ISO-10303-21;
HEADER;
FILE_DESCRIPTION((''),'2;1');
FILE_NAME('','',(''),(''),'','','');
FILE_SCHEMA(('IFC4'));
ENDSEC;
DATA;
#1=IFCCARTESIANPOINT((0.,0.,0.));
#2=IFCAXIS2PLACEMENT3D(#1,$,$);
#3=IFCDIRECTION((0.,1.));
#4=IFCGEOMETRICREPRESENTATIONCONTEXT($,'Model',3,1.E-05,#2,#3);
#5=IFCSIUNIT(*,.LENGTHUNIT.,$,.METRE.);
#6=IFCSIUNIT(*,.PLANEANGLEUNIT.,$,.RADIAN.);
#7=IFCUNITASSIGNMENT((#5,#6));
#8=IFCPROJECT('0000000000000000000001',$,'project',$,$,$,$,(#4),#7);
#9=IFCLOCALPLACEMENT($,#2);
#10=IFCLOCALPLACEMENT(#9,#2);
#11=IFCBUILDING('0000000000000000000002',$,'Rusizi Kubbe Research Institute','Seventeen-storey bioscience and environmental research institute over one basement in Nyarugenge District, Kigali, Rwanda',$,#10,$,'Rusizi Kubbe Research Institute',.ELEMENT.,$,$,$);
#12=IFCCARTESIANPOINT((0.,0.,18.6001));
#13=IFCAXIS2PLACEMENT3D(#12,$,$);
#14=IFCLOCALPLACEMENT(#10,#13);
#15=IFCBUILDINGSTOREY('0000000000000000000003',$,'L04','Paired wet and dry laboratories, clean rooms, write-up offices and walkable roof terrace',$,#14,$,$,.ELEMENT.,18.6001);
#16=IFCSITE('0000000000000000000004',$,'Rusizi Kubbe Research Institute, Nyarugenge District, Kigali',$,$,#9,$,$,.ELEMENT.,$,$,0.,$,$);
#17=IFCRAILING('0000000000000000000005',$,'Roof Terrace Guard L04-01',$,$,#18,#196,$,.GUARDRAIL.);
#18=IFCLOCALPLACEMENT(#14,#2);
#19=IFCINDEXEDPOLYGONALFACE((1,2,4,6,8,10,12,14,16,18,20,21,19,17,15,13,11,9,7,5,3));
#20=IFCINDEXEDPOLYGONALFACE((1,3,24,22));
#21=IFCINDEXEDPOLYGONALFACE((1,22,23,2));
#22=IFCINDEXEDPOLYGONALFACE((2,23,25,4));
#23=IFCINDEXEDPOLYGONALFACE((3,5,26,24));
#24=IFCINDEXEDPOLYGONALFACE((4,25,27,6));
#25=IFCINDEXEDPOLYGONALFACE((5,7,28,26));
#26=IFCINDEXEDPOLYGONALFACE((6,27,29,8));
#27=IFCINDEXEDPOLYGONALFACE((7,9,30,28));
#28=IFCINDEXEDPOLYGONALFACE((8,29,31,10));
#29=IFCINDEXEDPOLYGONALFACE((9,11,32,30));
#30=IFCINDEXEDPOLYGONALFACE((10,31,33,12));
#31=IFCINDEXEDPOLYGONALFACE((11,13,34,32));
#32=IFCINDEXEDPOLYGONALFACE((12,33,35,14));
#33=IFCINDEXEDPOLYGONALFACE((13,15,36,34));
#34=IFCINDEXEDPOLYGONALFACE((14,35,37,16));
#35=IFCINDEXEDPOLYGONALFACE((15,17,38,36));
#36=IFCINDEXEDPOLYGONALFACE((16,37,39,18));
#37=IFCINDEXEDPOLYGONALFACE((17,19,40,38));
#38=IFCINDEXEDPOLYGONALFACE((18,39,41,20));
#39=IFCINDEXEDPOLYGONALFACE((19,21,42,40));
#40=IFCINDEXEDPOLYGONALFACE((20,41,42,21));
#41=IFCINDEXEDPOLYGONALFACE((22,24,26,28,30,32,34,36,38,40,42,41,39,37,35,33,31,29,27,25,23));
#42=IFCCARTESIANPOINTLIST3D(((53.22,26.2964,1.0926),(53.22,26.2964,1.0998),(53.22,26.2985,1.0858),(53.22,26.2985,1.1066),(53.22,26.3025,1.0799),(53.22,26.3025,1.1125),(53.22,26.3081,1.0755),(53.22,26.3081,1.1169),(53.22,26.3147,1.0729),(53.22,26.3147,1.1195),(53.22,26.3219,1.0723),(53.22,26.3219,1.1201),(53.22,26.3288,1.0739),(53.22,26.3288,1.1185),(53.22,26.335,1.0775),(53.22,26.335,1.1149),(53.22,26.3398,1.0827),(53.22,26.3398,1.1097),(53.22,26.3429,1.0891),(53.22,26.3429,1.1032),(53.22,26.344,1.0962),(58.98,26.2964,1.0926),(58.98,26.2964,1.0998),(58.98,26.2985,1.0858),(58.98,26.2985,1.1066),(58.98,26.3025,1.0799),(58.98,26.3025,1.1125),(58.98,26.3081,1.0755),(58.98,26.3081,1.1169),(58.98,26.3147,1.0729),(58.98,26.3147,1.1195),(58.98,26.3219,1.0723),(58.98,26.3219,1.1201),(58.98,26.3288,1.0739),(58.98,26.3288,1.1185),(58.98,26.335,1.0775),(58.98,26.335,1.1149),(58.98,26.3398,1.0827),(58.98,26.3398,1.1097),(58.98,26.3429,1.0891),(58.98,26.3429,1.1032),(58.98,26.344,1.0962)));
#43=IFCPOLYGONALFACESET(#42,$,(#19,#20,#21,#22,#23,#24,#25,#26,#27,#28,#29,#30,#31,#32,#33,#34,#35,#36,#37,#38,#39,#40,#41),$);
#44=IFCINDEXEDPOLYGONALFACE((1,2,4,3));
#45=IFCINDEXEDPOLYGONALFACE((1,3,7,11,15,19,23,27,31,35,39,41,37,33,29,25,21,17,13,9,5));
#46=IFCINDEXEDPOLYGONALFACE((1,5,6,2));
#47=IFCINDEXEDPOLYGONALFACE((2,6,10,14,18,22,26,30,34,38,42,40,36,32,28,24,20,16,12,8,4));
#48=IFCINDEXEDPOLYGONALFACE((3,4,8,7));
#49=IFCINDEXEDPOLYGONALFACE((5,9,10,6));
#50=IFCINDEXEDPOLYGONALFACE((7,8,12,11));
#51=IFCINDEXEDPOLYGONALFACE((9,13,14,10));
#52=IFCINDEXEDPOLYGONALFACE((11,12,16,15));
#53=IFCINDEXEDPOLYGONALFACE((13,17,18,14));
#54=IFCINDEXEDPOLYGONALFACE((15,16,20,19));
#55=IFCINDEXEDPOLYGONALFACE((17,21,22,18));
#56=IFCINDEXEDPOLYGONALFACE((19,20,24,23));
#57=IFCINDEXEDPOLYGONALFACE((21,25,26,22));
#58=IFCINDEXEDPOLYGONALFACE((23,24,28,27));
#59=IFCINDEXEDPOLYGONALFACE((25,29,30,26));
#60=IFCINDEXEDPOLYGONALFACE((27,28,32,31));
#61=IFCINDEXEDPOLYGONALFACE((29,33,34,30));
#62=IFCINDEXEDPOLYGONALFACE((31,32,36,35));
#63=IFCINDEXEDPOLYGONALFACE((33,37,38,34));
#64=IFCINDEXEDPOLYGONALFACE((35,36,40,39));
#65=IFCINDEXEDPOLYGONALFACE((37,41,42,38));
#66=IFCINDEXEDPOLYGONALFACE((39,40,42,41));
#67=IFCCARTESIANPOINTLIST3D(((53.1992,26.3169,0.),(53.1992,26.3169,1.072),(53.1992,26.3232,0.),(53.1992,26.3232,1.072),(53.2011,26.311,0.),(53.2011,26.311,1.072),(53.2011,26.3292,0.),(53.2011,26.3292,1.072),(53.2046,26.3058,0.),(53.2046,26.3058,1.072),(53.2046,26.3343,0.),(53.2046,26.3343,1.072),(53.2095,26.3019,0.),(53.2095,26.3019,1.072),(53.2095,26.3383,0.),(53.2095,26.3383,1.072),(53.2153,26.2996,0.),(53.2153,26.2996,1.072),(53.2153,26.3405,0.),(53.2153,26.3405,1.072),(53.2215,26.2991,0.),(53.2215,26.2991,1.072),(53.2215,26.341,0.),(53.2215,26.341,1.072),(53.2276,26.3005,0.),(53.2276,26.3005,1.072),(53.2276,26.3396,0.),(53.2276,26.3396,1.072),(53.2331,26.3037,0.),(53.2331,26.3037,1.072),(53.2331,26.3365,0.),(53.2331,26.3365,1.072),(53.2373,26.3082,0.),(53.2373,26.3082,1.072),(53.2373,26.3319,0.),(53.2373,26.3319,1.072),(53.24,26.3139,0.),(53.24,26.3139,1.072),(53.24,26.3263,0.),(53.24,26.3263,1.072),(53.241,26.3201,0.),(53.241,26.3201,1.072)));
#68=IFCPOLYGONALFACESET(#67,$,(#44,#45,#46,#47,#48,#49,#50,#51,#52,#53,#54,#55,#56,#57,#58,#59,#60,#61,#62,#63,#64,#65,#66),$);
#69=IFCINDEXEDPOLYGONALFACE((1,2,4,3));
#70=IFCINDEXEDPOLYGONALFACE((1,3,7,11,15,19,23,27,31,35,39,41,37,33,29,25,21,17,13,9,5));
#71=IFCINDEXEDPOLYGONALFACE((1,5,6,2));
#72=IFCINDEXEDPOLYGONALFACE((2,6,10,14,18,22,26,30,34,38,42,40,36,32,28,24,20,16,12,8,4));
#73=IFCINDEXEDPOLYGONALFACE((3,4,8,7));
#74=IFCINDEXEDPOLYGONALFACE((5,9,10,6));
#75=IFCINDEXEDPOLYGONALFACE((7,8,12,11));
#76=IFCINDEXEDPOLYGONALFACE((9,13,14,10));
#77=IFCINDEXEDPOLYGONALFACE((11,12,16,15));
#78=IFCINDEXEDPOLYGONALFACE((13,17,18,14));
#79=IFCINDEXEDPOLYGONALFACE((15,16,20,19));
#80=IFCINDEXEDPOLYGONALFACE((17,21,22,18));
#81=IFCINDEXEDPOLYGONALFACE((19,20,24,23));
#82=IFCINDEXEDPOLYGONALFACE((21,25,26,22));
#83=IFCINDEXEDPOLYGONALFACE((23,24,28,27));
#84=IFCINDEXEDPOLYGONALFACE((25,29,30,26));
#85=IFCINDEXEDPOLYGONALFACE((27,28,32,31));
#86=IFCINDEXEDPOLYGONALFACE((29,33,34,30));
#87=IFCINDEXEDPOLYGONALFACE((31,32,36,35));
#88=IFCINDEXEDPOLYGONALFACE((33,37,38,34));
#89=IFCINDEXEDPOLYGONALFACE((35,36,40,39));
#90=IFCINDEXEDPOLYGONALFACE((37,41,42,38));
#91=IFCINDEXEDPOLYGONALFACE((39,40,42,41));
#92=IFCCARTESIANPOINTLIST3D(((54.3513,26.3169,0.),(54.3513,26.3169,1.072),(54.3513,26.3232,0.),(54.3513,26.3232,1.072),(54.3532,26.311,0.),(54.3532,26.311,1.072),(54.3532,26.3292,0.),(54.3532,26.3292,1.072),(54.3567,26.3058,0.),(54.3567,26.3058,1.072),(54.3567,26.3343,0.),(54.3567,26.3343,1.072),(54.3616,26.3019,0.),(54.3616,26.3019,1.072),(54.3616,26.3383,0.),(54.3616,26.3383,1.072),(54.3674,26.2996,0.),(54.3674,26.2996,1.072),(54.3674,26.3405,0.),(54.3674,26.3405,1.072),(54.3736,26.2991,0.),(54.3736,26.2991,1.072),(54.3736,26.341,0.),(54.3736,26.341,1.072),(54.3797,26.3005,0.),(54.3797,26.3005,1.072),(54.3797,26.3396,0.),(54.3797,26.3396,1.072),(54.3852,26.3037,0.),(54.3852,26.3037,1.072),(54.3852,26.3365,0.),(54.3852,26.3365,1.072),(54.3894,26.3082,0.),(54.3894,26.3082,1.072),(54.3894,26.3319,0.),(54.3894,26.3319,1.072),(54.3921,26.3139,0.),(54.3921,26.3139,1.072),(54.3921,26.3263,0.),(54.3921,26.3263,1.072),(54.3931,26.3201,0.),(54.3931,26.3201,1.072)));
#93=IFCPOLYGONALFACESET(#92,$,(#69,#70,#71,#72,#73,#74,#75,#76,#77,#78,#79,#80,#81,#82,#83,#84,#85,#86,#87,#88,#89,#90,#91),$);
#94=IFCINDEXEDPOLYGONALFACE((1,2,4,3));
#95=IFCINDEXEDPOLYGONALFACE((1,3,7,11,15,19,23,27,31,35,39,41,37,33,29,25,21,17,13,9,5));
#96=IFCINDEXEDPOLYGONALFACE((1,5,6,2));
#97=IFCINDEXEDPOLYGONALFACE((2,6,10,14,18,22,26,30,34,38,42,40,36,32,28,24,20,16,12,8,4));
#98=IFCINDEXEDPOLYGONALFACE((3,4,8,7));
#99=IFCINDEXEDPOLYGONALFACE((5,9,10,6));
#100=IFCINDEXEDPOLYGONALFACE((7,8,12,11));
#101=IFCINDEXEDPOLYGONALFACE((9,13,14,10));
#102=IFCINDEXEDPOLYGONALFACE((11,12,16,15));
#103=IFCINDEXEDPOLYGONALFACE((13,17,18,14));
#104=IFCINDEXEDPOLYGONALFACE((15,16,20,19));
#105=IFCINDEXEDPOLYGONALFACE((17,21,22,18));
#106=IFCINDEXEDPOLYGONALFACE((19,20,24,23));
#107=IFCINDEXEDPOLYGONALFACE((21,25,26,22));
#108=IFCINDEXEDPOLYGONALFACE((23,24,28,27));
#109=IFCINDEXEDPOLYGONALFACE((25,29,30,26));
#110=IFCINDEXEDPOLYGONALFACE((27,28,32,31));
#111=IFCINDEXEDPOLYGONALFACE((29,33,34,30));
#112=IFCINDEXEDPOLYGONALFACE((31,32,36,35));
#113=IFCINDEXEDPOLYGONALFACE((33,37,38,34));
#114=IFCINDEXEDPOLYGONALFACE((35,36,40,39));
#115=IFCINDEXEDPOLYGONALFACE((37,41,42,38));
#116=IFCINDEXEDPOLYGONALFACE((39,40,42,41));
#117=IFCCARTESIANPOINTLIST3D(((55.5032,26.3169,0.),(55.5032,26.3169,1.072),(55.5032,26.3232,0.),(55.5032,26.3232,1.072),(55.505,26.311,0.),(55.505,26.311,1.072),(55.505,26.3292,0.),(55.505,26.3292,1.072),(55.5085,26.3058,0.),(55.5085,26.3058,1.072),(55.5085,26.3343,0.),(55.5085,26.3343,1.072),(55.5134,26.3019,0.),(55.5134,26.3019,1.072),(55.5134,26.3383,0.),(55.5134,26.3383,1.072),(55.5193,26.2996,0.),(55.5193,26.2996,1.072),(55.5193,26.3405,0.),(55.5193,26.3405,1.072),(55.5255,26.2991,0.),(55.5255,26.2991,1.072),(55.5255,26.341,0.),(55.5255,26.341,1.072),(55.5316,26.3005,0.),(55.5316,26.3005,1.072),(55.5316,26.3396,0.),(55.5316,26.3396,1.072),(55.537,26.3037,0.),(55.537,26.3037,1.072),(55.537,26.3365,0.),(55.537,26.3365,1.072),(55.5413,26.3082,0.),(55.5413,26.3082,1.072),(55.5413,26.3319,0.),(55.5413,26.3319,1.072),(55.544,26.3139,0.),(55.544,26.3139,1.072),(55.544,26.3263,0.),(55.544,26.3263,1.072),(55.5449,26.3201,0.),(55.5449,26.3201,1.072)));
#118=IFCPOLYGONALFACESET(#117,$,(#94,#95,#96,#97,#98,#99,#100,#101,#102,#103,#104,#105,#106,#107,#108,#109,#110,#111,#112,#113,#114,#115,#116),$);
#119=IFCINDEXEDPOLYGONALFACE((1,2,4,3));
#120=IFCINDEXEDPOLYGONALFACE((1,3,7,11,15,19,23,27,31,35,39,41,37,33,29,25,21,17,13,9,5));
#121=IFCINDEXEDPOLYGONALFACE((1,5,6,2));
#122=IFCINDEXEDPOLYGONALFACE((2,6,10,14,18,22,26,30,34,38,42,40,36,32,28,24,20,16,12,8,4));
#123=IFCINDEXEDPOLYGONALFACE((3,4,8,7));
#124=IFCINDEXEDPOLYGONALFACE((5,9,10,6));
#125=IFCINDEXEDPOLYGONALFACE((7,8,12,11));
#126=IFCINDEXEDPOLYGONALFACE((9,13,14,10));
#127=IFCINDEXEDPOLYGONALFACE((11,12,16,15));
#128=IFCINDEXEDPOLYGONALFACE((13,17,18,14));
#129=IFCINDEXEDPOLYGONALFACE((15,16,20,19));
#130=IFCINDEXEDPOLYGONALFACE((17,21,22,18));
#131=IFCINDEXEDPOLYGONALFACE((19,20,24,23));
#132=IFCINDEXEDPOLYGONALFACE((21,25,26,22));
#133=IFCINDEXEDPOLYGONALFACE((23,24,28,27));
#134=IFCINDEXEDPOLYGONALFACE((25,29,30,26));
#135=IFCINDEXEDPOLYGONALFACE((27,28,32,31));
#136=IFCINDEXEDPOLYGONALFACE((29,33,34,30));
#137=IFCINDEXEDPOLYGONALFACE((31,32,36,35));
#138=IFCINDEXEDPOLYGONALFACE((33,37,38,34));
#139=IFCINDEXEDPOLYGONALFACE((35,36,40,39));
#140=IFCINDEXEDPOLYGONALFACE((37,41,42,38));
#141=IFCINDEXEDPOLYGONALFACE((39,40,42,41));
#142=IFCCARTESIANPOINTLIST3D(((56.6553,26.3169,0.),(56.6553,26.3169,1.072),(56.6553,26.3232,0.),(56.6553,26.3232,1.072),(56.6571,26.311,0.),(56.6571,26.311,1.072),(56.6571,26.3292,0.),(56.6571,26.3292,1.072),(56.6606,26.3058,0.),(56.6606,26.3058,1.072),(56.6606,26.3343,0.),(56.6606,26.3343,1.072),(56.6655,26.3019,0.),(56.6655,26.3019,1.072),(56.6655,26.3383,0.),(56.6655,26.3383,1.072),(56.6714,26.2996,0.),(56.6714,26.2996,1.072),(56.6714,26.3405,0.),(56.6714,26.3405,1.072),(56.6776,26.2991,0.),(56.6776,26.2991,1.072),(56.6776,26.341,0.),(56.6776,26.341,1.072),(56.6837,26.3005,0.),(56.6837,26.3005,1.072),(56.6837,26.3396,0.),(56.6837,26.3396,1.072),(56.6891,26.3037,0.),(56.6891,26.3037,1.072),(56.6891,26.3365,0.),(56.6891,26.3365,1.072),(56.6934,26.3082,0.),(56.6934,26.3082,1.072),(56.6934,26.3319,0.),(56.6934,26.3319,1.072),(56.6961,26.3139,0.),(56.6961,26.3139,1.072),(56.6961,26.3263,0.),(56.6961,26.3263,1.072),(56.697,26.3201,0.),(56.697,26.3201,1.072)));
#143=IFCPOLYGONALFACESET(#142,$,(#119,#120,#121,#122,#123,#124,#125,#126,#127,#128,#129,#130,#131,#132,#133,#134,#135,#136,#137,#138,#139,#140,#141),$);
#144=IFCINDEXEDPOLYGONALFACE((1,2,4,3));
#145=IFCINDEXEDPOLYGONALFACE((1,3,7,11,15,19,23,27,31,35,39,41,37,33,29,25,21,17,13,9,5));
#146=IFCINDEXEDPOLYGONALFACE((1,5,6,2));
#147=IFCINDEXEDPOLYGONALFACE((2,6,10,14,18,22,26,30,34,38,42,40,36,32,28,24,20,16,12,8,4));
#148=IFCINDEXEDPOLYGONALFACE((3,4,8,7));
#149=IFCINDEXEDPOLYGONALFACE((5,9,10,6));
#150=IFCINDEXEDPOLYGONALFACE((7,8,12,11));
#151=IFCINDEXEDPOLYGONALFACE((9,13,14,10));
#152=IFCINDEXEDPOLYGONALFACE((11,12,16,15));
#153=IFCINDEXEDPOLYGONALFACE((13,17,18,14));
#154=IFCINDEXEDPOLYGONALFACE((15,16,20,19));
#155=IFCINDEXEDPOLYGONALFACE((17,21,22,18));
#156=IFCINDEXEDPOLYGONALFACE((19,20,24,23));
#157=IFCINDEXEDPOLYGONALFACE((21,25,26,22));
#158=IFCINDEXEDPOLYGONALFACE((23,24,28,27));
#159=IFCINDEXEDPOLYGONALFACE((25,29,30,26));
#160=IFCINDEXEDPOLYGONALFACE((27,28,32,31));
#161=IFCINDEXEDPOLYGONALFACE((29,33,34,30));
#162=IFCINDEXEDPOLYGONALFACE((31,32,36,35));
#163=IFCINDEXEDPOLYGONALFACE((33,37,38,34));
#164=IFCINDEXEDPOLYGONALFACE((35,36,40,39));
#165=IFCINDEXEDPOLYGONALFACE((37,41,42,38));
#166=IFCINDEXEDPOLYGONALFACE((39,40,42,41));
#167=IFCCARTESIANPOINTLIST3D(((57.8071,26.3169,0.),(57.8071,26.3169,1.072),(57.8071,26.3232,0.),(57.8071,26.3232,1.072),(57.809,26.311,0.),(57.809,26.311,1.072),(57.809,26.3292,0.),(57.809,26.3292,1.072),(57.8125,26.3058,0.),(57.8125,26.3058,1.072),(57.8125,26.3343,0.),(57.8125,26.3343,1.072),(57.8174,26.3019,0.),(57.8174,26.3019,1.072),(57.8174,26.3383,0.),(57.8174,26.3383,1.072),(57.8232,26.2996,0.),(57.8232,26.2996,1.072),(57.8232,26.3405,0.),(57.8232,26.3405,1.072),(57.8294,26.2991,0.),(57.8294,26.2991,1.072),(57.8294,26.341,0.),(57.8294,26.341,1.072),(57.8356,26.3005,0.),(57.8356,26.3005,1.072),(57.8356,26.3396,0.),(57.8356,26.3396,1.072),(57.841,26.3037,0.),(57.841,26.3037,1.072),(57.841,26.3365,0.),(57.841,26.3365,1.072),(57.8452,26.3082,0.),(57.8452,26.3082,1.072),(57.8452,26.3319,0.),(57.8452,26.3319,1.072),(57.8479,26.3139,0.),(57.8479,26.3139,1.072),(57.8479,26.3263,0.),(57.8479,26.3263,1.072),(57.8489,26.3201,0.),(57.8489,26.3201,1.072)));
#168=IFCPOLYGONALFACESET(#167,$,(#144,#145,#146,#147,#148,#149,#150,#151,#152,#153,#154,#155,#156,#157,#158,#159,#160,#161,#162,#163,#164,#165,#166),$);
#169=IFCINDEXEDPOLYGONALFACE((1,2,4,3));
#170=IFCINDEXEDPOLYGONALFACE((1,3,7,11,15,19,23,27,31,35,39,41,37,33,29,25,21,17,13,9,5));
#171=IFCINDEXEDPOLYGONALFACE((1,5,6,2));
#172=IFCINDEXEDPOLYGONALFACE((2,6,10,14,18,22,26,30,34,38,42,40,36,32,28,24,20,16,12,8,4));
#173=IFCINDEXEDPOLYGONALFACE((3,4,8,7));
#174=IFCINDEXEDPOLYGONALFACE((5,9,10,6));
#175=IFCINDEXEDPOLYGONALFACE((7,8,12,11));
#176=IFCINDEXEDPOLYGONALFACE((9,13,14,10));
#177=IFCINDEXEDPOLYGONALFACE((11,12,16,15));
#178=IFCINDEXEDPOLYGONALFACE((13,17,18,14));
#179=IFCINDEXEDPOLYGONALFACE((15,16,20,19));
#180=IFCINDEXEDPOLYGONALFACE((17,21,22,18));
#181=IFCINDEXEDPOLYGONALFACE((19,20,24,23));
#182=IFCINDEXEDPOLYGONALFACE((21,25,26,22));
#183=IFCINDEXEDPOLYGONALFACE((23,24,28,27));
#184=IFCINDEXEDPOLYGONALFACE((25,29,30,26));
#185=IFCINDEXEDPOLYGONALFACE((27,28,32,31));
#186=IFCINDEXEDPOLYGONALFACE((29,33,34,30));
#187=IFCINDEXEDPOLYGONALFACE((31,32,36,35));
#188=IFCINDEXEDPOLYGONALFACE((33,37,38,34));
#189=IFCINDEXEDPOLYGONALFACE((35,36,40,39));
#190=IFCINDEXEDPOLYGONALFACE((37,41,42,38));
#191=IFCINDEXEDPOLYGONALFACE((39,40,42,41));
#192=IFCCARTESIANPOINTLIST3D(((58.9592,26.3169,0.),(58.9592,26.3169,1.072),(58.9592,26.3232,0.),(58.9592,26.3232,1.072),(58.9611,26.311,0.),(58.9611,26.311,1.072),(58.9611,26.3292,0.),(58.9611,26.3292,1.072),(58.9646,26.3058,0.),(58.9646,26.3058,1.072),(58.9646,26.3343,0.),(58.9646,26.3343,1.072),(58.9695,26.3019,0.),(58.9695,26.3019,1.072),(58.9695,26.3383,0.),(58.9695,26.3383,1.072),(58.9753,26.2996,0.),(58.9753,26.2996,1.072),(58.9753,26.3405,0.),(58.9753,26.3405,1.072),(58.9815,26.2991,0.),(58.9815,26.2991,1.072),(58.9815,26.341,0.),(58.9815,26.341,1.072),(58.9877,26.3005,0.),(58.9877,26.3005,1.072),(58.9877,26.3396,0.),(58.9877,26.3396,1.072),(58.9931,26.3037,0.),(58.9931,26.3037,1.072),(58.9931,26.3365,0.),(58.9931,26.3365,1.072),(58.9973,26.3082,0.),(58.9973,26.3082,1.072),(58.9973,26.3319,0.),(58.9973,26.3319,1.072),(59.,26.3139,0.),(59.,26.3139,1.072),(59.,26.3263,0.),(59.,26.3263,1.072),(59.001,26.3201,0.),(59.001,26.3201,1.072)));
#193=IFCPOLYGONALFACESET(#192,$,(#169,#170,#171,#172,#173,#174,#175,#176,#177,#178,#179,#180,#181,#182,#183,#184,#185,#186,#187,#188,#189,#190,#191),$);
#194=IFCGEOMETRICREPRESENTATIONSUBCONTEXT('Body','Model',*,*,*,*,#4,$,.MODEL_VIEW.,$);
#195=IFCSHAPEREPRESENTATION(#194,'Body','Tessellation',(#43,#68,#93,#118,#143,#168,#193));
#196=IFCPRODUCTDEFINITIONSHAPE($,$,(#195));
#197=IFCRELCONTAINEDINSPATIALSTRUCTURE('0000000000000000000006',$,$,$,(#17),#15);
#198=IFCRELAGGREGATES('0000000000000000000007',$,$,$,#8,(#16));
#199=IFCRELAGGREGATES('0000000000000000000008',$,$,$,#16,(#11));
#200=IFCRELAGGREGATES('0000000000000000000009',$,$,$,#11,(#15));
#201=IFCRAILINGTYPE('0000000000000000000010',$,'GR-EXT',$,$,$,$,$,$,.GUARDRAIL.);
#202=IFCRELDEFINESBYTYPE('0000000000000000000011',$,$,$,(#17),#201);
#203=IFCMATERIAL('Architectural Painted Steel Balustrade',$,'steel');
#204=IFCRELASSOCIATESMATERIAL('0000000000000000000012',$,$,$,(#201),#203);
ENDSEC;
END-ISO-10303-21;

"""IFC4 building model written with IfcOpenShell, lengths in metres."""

from ifc_helpers import new_model, si_unit, direction, frame, origin, origin_2d, place, context, subcontext, project, spatial, circle, extrude, material, type_object, element, save


model = new_model("IFC4")

# Units and contexts
model_context = context("Model", 3, precision=1e-05, world=origin(), true_north=direction((0.0, 1.0)))
body_context = subcontext(model_context, "Body", "Model", "MODEL_VIEW")
ifc_project = project(units=[si_unit("LENGTHUNIT", "METRE"), si_unit("PLANEANGLEUNIT", "RADIAN")], contexts=[model_context])

# Site, building, storey
site_placement = place(None, origin())
site = spatial("IfcSite", under=ifc_project, at=site_placement, Name="Rusizi Kubbe Research Institute, Nyarugenge District, Kigali", CompositionType="ELEMENT", RefElevation=0.0)
building_placement = place(site_placement, origin())
building = spatial("IfcBuilding", under=site, at=building_placement, Name="Rusizi Kubbe Research Institute", Description="Seventeen-storey bioscience and environmental research institute over one basement in Nyarugenge District, Kigali, Rwanda", LongName="Rusizi Kubbe Research Institute", CompositionType="ELEMENT")
storey_placement = place(building_placement, frame((0.0, 0.0, 18.6001)))
storey = spatial("IfcBuildingStorey", under=building, at=storey_placement, Name="L04", Description="Paired wet and dry laboratories, clean rooms, write-up offices and walkable roof terrace", CompositionType="ELEMENT", Elevation=18.6001)

# Railing
ifc_material_1 = material(Name="Architectural Painted Steel Balustrade", Category="steel")
railing_type_1 = type_object("IfcRailingType", Name="GR-EXT", PredefinedType="GUARDRAIL", material=ifc_material_1)
railing_1_placement = place(storey_placement, frame((53.22, 26.3201, 0.0)))
element("IfcRailing", 1, at=railing_1_placement, inside=storey, type_object=railing_type_1, Name="Roof Terrace Guard L04-01", PredefinedType="GUARDRAIL", context=body_context, shape_type="SweptSolid", body=[
    extrude(circle(Radius=0.0239, at=origin_2d()), frame((0.0, 0.0, 1.0962), z_axis=(1.0, 0.0, 0.0), x_axis=(0.0, 1.0, 0.0)), (0.0, 0.0, 1.0), 5.76),
    extrude(circle(Radius=0.021, at=origin_2d()), origin(), (0.0, 0.0, 1.0), 1.072),
    extrude(circle(Radius=0.021, at=origin_2d()), frame((1.1521, 0.0, 0.0)), (0.0, 0.0, 1.0), 1.072),
    extrude(circle(Radius=0.021, at=origin_2d()), frame((2.304, 0.0, 0.0)), (0.0, 0.0, 1.0), 1.072),
    extrude(circle(Radius=0.021, at=origin_2d()), frame((3.4561, 0.0, 0.0)), (0.0, 0.0, 1.0), 1.072),
    extrude(circle(Radius=0.021, at=origin_2d()), frame((4.6079, 0.0, 0.0)), (0.0, 0.0, 1.0), 1.072),
    extrude(circle(Radius=0.021, at=origin_2d()), frame((5.76, 0.0, 0.0)), (0.0, 0.0, 1.0), 1.072),
])

save(model, "model.ifc")
